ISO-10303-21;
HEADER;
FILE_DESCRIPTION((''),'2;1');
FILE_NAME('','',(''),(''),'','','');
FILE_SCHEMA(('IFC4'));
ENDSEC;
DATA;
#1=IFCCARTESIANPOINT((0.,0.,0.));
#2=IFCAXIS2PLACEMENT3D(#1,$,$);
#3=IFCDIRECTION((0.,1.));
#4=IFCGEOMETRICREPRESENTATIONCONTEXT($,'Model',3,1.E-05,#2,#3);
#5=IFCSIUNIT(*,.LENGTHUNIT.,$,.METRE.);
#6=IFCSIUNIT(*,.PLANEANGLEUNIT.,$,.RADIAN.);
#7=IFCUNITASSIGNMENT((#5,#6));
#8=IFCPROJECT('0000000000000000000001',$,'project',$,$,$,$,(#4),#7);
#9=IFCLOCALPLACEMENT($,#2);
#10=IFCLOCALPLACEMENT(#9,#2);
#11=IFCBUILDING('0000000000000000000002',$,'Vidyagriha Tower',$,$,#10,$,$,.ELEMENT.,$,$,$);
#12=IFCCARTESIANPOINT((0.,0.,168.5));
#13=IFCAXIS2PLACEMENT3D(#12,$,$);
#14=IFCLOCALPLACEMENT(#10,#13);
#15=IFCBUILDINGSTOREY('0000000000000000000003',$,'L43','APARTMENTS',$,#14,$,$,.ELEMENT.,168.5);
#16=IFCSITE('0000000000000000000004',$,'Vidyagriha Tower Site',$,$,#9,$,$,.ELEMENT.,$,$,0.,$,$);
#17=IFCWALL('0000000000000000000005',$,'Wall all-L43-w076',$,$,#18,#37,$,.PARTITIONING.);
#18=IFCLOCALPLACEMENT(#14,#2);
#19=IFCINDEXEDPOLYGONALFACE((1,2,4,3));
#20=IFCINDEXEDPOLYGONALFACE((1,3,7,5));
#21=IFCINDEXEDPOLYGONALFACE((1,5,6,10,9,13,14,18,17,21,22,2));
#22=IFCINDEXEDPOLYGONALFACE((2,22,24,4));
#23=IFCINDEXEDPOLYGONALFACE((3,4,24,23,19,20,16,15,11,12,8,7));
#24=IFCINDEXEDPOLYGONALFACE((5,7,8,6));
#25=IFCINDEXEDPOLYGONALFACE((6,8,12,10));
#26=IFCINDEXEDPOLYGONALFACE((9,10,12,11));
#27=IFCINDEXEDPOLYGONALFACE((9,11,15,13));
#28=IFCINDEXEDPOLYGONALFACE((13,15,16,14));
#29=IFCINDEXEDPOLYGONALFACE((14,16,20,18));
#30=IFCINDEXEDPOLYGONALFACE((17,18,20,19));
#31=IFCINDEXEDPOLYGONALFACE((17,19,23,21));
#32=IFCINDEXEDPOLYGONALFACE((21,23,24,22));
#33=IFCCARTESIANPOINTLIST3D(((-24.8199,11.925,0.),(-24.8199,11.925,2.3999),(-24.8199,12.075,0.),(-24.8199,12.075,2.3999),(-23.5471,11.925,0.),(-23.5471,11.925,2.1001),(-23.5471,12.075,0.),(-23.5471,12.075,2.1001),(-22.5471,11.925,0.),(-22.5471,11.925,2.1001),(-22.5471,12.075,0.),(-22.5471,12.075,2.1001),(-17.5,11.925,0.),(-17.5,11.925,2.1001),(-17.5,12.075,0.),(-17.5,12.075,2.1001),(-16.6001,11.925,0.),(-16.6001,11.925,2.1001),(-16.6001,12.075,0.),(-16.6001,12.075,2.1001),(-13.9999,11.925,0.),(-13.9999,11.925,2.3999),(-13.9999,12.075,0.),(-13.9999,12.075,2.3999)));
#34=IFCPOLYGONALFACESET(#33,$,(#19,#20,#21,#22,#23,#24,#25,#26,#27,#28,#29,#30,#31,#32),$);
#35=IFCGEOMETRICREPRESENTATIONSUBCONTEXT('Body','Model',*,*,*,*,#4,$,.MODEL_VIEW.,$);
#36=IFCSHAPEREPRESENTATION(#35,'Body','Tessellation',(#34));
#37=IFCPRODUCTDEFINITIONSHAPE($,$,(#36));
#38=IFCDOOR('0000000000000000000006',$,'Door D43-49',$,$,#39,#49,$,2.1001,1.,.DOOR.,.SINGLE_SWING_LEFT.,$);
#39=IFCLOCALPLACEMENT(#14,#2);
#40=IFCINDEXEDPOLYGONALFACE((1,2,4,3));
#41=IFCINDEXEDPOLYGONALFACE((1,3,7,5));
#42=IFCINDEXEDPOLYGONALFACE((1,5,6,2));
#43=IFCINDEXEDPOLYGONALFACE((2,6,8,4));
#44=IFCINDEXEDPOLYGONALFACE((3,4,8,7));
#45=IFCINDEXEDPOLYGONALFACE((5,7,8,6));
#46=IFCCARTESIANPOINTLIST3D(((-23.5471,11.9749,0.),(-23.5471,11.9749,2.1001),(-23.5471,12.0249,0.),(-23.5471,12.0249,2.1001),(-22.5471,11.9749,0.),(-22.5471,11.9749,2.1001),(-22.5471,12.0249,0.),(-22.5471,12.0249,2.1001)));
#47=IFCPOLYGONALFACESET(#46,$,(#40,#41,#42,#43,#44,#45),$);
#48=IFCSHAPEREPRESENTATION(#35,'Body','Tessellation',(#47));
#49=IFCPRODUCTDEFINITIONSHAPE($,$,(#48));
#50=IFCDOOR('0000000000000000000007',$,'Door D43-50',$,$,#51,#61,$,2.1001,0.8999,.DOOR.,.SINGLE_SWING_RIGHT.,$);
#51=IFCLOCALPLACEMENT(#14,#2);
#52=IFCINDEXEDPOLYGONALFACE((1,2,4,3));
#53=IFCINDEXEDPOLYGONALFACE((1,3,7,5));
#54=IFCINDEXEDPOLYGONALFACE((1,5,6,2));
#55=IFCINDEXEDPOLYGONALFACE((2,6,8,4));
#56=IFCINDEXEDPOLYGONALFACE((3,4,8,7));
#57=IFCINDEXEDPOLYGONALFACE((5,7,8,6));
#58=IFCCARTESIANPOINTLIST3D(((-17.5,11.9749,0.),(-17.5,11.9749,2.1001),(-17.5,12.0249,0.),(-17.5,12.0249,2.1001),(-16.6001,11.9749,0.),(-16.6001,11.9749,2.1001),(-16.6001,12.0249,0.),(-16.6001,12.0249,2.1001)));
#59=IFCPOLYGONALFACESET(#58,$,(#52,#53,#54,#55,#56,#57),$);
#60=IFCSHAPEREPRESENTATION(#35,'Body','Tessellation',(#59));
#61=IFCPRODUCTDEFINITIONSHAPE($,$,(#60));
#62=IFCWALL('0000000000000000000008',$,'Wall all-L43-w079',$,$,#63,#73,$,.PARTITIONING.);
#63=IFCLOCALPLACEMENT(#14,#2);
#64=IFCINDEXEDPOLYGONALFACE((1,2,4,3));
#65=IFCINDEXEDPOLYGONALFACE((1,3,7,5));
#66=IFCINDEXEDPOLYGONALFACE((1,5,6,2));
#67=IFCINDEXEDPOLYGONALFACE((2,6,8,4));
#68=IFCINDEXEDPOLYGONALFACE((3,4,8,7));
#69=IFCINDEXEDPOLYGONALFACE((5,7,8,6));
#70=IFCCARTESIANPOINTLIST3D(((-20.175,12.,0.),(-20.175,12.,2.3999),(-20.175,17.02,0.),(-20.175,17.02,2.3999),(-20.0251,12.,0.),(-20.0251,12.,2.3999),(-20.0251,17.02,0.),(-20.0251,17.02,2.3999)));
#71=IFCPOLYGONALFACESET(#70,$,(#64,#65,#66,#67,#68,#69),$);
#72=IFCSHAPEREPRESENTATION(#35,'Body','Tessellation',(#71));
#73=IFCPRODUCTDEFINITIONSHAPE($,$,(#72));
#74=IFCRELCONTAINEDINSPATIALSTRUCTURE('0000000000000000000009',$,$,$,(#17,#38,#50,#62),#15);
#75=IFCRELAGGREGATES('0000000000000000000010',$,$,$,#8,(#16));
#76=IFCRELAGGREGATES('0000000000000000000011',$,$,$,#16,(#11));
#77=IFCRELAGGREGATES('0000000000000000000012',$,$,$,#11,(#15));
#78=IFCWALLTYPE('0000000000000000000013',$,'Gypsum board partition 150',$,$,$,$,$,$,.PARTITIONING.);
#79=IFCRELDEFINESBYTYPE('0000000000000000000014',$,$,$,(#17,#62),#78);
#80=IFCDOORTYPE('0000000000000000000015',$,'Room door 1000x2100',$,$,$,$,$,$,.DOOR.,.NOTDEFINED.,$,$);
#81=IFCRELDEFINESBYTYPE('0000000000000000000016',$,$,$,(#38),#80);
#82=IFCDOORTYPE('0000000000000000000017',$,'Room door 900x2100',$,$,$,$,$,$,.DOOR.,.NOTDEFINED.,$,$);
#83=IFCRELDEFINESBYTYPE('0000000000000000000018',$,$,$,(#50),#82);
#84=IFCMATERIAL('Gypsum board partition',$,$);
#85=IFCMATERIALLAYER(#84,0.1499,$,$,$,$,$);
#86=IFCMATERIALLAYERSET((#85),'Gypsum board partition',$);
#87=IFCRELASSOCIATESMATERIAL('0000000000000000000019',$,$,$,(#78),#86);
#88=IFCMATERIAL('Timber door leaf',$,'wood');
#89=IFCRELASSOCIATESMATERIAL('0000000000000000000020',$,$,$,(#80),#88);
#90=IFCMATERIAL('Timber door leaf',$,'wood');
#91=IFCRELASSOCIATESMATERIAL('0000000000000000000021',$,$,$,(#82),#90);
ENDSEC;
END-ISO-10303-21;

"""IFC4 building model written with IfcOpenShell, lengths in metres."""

from ifc_helpers import new_model, si_unit, direction, frame, frame_2d, origin, place, context, subcontext, project, spatial, rectangle, extrude, material, layer, layer_set, type_object, element, fill, save


model = new_model("IFC4")

# Units and contexts
model_context = context("Model", 3, precision=1e-05, world=origin(), true_north=direction((0.0, 1.0)))
body_context = subcontext(model_context, "Body", "Model", "MODEL_VIEW")
ifc_project = project(units=[si_unit("LENGTHUNIT", "METRE"), si_unit("PLANEANGLEUNIT", "RADIAN")], contexts=[model_context])

# Site, building, storey
site_placement = place(None, origin())
site = spatial("IfcSite", under=ifc_project, at=site_placement, Name="Vidyagriha Tower Site", CompositionType="ELEMENT", RefElevation=0.0)
building_placement = place(site_placement, origin())
building = spatial("IfcBuilding", under=site, at=building_placement, Name="Vidyagriha Tower", CompositionType="ELEMENT")
storey_placement = place(building_placement, frame((0.0, 0.0, 168.5)))
storey = spatial("IfcBuildingStorey", under=building, at=storey_placement, Name="L43", Description="APARTMENTS", CompositionType="ELEMENT", Elevation=168.5)

# Wall, openings, doors
ifc_material_1 = material(Name="Gypsum board partition")
ifc_layer_1 = layer(ifc_material_1, 0.1499)
ifc_layer_set_1 = layer_set([ifc_layer_1], Name="Gypsum board partition")
wall_type_1 = type_object("IfcWallType", Name="Gypsum board partition 150", PredefinedType="PARTITIONING", material=ifc_layer_set_1)
wall_1_placement = place(storey_placement, frame((-24.8201, 12.0, 0.0)))
wall_1 = element("IfcWall", 1, at=wall_1_placement, inside=storey, type_object=wall_type_1, Name="Wall all-L43-w076", PredefinedType="PARTITIONING", context=body_context, shape_type="SweptSolid", body=[
    extrude(rectangle(XDim=10.8201, YDim=0.1499, at=frame_2d((5.4102, 0.0))), origin(), (0.0, 0.0, 1.0), 2.3999),
])
opening_1_placement = place(wall_1_placement, frame((1.2729, 0.0, 0.0)))
opening_1 = element("IfcOpeningElement", 2, at=opening_1_placement, cuts=wall_1, PredefinedType="OPENING", context=body_context, shape_type="SweptSolid", body=[
    extrude(rectangle(XDim=1.0, YDim=2.1001, at=frame_2d((0.5, 1.05))), frame((0.0, 0.085, 0.0), z_axis=(0.0, -1.0, 0.0), x_axis=(1.0, 0.0, 0.0)), (0.0, 0.0, 1.0), 0.1699),
])
opening_2_placement = place(wall_1_placement, frame((7.3201, 0.0, 0.0)))
opening_2 = element("IfcOpeningElement", 3, at=opening_2_placement, cuts=wall_1, PredefinedType="OPENING", context=body_context, shape_type="SweptSolid", body=[
    extrude(rectangle(XDim=0.8999, YDim=2.1001, at=frame_2d((0.45, 1.05))), frame((0.0, 0.085, 0.0), z_axis=(0.0, -1.0, 0.0), x_axis=(1.0, 0.0, 0.0)), (0.0, 0.0, 1.0), 0.1699),
])
ifc_material_2 = material(Name="Timber door leaf", Category="wood")
door_type_1 = type_object("IfcDoorType", Name="Room door 1000x2100", OperationType="NOTDEFINED", PredefinedType="DOOR", material=ifc_material_2)
door_1_placement = place(opening_1_placement, origin())
door_1 = element("IfcDoor", 4, at=door_1_placement, inside=storey, type_object=door_type_1, Name="Door D43-49", OperationType="SINGLE_SWING_LEFT", OverallHeight=2.1001, OverallWidth=1.0, PredefinedType="DOOR", context=body_context, shape_type="SweptSolid", body=[
    extrude(rectangle(XDim=1.0, YDim=2.1001, at=frame_2d((0.5, 1.05))), frame((0.0, 0.0249, 0.0), z_axis=(0.0, -1.0, 0.0), x_axis=(1.0, 0.0, 0.0)), (0.0, 0.0, 1.0), 0.05),
])
fill(opening_1, door_1)
ifc_material_3 = material(Name="Timber door leaf", Category="wood")
door_type_2 = type_object("IfcDoorType", Name="Room door 900x2100", OperationType="NOTDEFINED", PredefinedType="DOOR", material=ifc_material_3)
door_2_placement = place(opening_2_placement, origin())
door_2 = element("IfcDoor", 5, at=door_2_placement, inside=storey, type_object=door_type_2, Name="Door D43-50", OperationType="SINGLE_SWING_RIGHT", OverallHeight=2.1001, OverallWidth=0.8999, PredefinedType="DOOR", context=body_context, shape_type="SweptSolid", body=[
    extrude(rectangle(XDim=0.8999, YDim=2.1001, at=frame_2d((0.45, 1.05))), frame((0.0, 0.0249, 0.0), z_axis=(0.0, -1.0, 0.0), x_axis=(1.0, 0.0, 0.0)), (0.0, 0.0, 1.0), 0.05),
])
fill(opening_2, door_2)

# Wall
wall_2_placement = place(storey_placement, frame((-20.1001, 17.02, 0.0), z_axis=(0.0, 0.0, 1.0), x_axis=(0.0, -1.0, 0.0)))
element("IfcWall", 6, at=wall_2_placement, inside=storey, type_object=wall_type_1, Name="Wall all-L43-w079", PredefinedType="PARTITIONING", context=body_context, shape_type="SweptSolid", body=[
    extrude(rectangle(XDim=5.02, YDim=0.1499, at=frame_2d((2.51, 0.0))), origin(), (0.0, 0.0, 1.0), 2.3999),
])

save(model, "model.ifc")
